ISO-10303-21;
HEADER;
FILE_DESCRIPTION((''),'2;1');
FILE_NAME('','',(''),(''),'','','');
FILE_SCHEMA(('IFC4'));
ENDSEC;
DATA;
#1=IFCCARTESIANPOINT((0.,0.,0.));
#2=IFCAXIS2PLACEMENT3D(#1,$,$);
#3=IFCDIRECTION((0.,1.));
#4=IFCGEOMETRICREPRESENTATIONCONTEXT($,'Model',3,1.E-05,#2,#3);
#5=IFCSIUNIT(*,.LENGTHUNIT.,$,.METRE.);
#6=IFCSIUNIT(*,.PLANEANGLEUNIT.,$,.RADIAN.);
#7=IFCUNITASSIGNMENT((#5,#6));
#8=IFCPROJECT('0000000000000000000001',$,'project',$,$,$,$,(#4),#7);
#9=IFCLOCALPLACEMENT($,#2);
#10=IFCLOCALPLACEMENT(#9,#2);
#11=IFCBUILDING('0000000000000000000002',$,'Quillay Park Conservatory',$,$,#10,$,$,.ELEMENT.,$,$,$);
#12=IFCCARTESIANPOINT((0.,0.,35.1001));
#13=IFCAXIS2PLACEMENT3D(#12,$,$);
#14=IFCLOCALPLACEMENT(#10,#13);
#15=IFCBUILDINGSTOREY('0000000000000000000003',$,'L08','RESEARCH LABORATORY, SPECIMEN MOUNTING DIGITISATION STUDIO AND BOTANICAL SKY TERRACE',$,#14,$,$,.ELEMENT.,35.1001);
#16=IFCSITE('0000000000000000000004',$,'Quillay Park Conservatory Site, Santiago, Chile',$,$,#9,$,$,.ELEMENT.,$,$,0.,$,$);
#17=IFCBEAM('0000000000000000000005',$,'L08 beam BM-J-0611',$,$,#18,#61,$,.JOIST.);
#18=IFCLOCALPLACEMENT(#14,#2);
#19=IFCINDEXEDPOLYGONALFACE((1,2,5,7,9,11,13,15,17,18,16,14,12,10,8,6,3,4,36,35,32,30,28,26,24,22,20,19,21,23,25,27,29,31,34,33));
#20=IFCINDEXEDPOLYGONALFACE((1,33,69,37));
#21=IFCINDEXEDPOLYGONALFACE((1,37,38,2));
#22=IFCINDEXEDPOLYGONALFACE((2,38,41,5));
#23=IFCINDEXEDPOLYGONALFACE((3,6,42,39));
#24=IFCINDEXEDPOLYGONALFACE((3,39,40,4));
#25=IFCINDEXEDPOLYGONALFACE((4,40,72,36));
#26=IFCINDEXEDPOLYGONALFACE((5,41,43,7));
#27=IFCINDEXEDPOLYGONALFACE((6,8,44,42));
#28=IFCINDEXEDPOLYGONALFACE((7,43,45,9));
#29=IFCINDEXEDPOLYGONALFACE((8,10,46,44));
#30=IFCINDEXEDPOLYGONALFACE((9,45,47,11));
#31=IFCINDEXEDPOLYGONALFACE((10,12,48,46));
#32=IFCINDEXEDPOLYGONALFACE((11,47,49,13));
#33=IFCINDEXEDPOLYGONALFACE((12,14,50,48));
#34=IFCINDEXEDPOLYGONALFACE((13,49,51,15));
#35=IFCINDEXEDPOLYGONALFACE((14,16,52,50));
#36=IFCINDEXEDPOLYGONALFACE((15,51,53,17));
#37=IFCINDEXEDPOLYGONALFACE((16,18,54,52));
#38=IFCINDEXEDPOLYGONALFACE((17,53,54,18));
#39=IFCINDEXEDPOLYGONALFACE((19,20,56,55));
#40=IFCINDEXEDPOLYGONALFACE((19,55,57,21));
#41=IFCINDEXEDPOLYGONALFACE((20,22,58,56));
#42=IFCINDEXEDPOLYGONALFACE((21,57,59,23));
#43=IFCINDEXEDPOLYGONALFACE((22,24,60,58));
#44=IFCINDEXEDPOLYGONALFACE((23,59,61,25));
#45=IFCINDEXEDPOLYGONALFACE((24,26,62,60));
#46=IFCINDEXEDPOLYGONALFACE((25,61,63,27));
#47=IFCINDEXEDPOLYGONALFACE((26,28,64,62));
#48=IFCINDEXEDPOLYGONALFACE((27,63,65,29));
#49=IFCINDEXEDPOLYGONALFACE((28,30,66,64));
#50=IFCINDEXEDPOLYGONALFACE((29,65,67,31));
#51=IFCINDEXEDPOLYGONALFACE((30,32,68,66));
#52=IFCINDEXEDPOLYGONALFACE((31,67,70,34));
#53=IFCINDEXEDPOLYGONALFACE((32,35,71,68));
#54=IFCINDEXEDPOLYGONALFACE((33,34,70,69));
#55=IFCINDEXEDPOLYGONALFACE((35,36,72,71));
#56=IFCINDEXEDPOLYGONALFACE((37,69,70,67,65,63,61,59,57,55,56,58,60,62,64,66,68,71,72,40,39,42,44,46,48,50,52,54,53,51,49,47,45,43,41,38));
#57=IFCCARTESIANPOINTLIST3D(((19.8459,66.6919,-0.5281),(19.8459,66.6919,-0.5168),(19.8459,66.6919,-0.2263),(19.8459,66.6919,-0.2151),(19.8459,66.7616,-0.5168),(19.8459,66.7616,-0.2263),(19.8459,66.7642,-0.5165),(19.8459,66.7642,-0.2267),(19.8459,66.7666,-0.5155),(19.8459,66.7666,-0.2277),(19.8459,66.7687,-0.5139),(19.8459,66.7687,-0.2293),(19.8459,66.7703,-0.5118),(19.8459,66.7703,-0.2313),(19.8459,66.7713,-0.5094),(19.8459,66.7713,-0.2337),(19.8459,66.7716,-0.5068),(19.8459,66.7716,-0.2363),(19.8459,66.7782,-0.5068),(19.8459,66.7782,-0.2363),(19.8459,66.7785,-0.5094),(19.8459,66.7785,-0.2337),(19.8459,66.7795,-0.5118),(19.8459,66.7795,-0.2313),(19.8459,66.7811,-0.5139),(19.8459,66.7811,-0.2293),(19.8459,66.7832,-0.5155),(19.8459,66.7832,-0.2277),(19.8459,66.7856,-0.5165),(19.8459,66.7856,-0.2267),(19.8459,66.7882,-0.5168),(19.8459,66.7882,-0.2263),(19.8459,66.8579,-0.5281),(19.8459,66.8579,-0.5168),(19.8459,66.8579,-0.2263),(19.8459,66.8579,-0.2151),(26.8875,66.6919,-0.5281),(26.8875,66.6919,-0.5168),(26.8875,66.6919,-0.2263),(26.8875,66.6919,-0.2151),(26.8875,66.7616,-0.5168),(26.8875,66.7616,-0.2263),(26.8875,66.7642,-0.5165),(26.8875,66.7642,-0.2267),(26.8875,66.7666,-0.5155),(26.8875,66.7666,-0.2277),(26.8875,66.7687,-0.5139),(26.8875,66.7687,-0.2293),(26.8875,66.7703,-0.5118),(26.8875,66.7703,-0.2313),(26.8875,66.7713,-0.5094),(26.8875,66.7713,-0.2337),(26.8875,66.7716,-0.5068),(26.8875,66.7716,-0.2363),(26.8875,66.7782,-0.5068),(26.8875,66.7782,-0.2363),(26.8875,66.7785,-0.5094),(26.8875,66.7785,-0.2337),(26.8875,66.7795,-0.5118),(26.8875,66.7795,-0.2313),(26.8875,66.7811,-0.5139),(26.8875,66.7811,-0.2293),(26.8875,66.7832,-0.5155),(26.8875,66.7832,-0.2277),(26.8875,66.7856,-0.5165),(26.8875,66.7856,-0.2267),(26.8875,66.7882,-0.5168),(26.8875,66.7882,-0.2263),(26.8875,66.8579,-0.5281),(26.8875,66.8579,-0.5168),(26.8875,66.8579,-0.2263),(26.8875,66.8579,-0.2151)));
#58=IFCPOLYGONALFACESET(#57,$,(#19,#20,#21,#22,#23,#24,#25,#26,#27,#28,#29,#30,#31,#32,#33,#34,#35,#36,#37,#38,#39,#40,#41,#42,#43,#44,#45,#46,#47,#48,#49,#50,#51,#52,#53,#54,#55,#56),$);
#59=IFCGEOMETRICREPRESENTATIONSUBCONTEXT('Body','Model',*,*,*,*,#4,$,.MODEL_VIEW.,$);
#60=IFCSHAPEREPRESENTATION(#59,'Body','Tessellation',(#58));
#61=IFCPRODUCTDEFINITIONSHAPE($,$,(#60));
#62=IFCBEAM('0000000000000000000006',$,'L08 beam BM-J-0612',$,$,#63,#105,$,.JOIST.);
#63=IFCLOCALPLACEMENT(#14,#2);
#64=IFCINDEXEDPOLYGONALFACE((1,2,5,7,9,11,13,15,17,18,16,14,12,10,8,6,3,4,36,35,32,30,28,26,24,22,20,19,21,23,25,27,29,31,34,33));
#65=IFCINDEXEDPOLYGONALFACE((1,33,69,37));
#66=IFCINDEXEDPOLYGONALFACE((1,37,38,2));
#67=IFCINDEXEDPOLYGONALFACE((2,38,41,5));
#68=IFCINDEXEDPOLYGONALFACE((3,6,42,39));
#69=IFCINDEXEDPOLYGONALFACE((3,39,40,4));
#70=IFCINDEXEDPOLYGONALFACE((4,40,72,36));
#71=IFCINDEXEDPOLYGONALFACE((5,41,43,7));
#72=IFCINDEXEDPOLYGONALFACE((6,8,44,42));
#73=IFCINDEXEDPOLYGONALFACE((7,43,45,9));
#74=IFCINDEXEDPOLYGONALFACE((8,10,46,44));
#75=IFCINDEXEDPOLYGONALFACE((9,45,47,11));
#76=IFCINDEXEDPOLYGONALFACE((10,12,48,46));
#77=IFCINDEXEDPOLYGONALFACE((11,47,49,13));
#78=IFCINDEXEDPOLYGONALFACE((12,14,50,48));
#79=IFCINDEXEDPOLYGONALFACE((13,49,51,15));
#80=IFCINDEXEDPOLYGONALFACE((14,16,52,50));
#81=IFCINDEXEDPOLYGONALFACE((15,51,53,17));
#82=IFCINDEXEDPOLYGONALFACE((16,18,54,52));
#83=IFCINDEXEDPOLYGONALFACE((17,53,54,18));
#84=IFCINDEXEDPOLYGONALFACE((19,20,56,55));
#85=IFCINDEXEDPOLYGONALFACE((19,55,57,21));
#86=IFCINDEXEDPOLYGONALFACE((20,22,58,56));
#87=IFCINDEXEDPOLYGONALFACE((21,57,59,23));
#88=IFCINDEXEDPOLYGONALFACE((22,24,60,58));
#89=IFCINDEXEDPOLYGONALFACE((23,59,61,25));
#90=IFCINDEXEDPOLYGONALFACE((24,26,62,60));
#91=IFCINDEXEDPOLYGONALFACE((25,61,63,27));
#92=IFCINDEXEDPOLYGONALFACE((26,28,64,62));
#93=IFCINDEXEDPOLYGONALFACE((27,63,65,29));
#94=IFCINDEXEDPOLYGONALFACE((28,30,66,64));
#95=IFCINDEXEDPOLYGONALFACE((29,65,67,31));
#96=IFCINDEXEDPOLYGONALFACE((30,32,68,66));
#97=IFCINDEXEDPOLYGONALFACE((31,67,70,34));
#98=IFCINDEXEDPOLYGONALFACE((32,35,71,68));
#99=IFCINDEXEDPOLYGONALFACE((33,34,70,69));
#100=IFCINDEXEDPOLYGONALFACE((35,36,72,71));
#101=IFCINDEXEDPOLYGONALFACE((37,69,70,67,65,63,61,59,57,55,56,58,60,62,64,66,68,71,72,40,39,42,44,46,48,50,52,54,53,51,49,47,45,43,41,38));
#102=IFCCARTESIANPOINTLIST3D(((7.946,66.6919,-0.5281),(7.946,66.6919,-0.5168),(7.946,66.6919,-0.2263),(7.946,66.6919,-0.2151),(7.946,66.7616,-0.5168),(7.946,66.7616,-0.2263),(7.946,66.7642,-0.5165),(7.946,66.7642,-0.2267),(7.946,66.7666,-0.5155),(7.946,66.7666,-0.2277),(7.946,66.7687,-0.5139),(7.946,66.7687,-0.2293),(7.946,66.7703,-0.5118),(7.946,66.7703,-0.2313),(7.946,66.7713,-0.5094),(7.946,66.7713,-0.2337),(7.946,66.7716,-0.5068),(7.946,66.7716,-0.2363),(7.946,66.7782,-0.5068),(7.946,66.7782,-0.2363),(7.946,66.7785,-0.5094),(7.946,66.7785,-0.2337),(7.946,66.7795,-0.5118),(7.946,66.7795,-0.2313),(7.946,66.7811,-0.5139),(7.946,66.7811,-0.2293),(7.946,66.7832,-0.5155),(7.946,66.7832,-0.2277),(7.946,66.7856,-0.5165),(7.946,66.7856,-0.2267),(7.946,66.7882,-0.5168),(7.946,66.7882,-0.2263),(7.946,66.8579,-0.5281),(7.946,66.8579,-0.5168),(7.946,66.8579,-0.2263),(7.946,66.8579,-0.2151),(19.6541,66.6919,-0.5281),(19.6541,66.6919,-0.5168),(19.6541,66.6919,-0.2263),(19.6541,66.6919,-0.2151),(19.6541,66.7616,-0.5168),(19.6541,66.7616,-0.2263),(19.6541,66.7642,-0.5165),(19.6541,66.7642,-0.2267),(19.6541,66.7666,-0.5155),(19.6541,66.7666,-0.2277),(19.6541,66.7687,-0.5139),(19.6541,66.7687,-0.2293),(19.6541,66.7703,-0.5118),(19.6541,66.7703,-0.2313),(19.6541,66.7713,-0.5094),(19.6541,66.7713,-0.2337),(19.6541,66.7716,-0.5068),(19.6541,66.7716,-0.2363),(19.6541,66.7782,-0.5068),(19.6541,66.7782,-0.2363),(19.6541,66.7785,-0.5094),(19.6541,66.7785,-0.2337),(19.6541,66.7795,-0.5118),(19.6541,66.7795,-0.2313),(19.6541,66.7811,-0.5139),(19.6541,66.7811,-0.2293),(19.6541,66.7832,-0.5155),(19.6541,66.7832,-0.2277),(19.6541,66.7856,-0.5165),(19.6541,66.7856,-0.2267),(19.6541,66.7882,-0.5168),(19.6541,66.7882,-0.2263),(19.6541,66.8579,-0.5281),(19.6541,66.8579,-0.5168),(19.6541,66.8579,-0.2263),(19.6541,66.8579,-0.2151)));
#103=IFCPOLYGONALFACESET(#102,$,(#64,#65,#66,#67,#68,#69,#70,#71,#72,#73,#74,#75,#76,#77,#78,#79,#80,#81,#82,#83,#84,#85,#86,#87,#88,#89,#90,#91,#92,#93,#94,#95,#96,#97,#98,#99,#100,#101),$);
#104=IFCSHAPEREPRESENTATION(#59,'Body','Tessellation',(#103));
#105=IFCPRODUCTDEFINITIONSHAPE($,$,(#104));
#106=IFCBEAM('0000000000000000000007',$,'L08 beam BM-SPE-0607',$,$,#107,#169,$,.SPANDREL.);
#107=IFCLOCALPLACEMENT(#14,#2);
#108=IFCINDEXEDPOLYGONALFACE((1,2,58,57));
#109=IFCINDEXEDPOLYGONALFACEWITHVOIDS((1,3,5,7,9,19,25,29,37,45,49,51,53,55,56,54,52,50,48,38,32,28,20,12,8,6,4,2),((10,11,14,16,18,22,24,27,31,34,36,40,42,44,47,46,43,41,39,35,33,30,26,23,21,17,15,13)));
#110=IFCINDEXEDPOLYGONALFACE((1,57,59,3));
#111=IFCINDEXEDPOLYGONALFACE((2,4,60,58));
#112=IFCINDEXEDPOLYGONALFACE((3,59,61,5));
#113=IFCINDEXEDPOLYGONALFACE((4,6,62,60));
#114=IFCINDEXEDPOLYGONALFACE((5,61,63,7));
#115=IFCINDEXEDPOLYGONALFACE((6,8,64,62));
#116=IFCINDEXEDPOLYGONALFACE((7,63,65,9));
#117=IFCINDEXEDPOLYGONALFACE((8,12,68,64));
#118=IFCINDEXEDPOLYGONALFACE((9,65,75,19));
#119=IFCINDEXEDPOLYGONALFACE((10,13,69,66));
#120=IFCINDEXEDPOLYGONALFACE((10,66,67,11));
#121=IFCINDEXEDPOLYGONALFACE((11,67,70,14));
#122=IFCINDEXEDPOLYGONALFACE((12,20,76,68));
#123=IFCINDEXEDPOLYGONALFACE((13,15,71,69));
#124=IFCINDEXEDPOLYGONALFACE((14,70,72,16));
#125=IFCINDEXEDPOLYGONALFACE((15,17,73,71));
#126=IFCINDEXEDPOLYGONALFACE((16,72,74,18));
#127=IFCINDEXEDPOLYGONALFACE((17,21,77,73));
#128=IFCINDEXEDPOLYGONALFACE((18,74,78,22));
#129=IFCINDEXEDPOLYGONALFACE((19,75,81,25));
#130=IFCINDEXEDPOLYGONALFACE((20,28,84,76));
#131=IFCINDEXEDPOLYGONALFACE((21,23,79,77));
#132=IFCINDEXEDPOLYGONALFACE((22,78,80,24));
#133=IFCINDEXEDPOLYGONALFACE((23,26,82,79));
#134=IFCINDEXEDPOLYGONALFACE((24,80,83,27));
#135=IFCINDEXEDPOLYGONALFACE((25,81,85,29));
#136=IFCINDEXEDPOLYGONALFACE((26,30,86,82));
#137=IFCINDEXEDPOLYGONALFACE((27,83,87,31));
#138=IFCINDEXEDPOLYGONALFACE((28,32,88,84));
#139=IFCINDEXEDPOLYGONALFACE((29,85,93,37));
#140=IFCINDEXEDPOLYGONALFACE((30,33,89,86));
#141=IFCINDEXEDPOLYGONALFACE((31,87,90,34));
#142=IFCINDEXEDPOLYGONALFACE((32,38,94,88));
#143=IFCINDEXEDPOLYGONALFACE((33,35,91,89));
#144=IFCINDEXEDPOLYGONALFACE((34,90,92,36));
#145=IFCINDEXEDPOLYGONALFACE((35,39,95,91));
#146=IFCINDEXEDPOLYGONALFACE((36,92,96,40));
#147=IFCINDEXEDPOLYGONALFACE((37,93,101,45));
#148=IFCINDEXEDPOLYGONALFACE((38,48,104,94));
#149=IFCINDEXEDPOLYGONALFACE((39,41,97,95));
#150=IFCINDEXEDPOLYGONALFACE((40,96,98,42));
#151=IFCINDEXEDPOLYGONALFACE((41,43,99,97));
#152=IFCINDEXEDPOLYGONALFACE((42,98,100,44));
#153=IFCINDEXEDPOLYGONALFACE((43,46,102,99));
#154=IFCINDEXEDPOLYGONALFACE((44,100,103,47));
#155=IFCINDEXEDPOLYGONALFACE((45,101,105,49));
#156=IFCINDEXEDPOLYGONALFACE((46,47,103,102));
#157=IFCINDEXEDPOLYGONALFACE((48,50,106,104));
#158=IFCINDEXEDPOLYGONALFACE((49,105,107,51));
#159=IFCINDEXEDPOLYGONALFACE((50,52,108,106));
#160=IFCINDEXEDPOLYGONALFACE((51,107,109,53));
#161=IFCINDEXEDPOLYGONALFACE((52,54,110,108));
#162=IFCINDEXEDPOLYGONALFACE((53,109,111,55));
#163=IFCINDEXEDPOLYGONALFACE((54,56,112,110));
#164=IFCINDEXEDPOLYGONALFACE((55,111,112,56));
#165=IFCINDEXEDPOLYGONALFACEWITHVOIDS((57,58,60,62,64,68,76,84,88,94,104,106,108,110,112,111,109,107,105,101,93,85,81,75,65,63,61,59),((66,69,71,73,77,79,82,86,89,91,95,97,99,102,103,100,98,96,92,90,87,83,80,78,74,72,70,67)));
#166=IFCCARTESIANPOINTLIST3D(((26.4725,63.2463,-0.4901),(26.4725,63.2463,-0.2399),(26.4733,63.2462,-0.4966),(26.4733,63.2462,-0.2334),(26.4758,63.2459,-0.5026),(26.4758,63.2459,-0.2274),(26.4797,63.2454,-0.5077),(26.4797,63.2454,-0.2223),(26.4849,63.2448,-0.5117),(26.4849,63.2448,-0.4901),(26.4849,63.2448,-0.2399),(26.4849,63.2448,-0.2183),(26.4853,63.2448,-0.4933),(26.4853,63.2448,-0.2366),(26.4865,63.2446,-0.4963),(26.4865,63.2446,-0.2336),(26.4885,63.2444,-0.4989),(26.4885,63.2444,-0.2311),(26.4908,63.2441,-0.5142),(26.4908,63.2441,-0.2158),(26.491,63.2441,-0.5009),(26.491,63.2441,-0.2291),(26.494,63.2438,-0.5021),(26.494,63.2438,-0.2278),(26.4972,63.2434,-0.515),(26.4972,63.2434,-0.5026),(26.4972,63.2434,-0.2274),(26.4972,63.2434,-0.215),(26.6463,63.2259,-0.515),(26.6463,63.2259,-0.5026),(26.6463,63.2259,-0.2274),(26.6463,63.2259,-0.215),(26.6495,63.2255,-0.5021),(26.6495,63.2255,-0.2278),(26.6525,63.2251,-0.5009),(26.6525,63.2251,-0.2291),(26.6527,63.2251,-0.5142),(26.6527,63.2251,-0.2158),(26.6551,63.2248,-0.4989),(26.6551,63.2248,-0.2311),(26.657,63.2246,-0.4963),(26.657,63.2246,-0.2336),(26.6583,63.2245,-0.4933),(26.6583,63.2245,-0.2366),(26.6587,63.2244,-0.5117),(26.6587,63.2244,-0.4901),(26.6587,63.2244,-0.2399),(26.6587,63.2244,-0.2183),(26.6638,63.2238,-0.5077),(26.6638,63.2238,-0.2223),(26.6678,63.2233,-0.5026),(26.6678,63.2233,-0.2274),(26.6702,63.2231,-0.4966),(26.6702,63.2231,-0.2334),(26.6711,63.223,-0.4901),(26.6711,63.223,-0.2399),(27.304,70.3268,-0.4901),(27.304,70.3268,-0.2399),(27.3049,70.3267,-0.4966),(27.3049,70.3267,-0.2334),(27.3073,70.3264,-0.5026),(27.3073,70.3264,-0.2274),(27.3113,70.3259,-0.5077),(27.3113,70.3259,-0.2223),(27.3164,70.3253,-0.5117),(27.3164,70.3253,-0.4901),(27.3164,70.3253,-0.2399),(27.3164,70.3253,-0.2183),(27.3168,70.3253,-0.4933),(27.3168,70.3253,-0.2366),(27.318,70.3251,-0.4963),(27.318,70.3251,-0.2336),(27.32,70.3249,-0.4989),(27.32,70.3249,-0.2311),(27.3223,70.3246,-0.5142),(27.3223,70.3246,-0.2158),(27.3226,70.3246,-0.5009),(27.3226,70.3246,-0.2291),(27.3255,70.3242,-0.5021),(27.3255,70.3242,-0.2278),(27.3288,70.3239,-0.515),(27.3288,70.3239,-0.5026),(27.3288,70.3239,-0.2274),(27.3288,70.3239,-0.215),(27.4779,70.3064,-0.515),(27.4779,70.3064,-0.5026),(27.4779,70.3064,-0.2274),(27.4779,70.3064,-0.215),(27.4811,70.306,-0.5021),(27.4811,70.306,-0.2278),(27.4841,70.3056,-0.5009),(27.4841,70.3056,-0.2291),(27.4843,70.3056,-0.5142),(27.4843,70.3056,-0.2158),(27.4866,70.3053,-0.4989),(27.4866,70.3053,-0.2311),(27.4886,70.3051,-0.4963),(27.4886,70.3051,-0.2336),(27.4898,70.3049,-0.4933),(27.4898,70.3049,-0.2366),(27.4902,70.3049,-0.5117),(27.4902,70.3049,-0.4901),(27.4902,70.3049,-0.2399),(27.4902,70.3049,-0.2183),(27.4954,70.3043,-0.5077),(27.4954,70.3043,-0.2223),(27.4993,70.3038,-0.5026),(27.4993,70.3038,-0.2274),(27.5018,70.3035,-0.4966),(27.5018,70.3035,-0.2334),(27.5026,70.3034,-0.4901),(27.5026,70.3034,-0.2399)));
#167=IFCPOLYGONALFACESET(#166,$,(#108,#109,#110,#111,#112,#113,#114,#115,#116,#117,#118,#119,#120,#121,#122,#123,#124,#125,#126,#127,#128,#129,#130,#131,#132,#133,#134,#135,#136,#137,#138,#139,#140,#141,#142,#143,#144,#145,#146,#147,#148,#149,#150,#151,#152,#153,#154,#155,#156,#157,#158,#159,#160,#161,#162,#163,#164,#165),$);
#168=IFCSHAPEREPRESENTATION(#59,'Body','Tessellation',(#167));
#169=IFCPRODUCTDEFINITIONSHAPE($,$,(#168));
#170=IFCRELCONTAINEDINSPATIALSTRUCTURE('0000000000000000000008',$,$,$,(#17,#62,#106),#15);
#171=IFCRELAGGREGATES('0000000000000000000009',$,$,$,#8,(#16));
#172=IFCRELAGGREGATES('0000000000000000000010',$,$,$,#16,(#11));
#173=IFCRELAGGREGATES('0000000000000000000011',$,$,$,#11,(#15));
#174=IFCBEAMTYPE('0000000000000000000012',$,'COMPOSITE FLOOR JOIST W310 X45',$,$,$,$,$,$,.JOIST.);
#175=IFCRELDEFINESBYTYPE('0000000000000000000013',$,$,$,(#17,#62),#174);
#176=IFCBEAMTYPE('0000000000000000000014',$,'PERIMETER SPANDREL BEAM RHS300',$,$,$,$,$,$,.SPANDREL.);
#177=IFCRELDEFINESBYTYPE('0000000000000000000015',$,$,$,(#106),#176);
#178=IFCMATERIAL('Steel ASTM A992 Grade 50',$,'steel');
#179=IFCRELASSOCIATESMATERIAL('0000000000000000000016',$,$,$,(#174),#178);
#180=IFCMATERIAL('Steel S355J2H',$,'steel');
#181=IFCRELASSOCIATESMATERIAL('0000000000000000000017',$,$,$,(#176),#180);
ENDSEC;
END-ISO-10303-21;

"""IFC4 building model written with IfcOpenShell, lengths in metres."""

from ifc_helpers import new_model, si_unit, direction, frame, origin, origin_2d, place, context, subcontext, project, spatial, hollow_rectangle, i_section, extrude, material, material_profile, profile_set, type_object, element, save


model = new_model("IFC4")

# Units and contexts
model_context = context("Model", 3, precision=1e-05, world=origin(), true_north=direction((0.0, 1.0)))
body_context = subcontext(model_context, "Body", "Model", "MODEL_VIEW")
ifc_project = project(units=[si_unit("LENGTHUNIT", "METRE"), si_unit("PLANEANGLEUNIT", "RADIAN")], contexts=[model_context])

# Site, building, storey
site_placement = place(None, origin())
site = spatial("IfcSite", under=ifc_project, at=site_placement, Name="Quillay Park Conservatory Site, Santiago, Chile", CompositionType="ELEMENT", RefElevation=0.0)
building_placement = place(site_placement, origin())
building = spatial("IfcBuilding", under=site, at=building_placement, Name="Quillay Park Conservatory", CompositionType="ELEMENT")
storey_placement = place(building_placement, frame((0.0, 0.0, 35.1001)))
storey = spatial("IfcBuildingStorey", under=building, at=storey_placement, Name="L08", Description="RESEARCH LABORATORY, SPECIMEN MOUNTING DIGITISATION STUDIO AND BOTANICAL SKY TERRACE", CompositionType="ELEMENT", Elevation=35.1001)

# Beams
ifc_material_1 = material(Name="Steel ASTM A992 Grade 50", Category="steel")
ifc_material_profile_1 = material_profile(ifc_material_1, i_section(OverallWidth=0.166, OverallDepth=0.313, WebThickness=0.0066, FlangeThickness=0.0112, FilletRadius=0.01, at=origin_2d()), Name="W310x45")
ifc_profile_set_1 = profile_set([ifc_material_profile_1], Name="Steel ASTM A992 Grade 50")
beam_type_1 = type_object("IfcBeamType", Name="COMPOSITE FLOOR JOIST W310 X45", PredefinedType="JOIST", material=ifc_profile_set_1)
beam_1_placement = place(storey_placement, frame((19.8459, 66.7749, -0.3716), z_axis=(1.0, 0.0, 0.0), x_axis=(0.0, 1.0, 0.0)))
element("IfcBeam", 1, at=beam_1_placement, inside=storey, type_object=beam_type_1, Name="L08 beam BM-J-0611", PredefinedType="JOIST", context=body_context, shape_type="SweptSolid", body=[
    extrude(i_section(OverallWidth=0.166, OverallDepth=0.313, WebThickness=0.0066, FlangeThickness=0.0112, FilletRadius=0.01, at=origin_2d()), origin(), (0.0, 0.0, 1.0), 7.0415),
])
beam_2_placement = place(storey_placement, frame((7.946, 66.7749, -0.3716), z_axis=(1.0, 0.0, 0.0), x_axis=(0.0, 1.0, 0.0)))
element("IfcBeam", 2, at=beam_2_placement, inside=storey, type_object=beam_type_1, Name="L08 beam BM-J-0612", PredefinedType="JOIST", context=body_context, shape_type="SweptSolid", body=[
    extrude(i_section(OverallWidth=0.166, OverallDepth=0.313, WebThickness=0.0066, FlangeThickness=0.0112, FilletRadius=0.01, at=origin_2d()), origin(), (0.0, 0.0, 1.0), 11.708),
])
ifc_material_2 = material(Name="Steel S355J2H", Category="steel")
ifc_material_profile_2 = material_profile(ifc_material_2, hollow_rectangle(XDim=0.2, YDim=0.3, WallThickness=0.0125, InnerFilletRadius=0.0125, OuterFilletRadius=0.0249, at=origin_2d()), Name="RHS300x200x12.5")
ifc_profile_set_2 = profile_set([ifc_material_profile_2], Name="Steel S355J2H")
beam_type_2 = type_object("IfcBeamType", Name="PERIMETER SPANDREL BEAM RHS300", PredefinedType="SPANDREL", material=ifc_profile_set_2)
beam_3_placement = place(storey_placement, frame((26.5718, 63.2346, -0.365), z_axis=(0.116639, 0.993174, 0.0), x_axis=(-0.993174, 0.116639, 0.0)))
element("IfcBeam", 3, at=beam_3_placement, inside=storey, type_object=beam_type_2, Name="L08 beam BM-SPE-0607", PredefinedType="SPANDREL", context=body_context, shape_type="SweptSolid", body=[
    extrude(hollow_rectangle(XDim=0.2, YDim=0.3, WallThickness=0.0125, InnerFilletRadius=0.0125, OuterFilletRadius=0.0249, at=origin_2d()), origin(), (0.0, 0.0, 1.0), 7.1292),
])

save(model, "model.ifc")
